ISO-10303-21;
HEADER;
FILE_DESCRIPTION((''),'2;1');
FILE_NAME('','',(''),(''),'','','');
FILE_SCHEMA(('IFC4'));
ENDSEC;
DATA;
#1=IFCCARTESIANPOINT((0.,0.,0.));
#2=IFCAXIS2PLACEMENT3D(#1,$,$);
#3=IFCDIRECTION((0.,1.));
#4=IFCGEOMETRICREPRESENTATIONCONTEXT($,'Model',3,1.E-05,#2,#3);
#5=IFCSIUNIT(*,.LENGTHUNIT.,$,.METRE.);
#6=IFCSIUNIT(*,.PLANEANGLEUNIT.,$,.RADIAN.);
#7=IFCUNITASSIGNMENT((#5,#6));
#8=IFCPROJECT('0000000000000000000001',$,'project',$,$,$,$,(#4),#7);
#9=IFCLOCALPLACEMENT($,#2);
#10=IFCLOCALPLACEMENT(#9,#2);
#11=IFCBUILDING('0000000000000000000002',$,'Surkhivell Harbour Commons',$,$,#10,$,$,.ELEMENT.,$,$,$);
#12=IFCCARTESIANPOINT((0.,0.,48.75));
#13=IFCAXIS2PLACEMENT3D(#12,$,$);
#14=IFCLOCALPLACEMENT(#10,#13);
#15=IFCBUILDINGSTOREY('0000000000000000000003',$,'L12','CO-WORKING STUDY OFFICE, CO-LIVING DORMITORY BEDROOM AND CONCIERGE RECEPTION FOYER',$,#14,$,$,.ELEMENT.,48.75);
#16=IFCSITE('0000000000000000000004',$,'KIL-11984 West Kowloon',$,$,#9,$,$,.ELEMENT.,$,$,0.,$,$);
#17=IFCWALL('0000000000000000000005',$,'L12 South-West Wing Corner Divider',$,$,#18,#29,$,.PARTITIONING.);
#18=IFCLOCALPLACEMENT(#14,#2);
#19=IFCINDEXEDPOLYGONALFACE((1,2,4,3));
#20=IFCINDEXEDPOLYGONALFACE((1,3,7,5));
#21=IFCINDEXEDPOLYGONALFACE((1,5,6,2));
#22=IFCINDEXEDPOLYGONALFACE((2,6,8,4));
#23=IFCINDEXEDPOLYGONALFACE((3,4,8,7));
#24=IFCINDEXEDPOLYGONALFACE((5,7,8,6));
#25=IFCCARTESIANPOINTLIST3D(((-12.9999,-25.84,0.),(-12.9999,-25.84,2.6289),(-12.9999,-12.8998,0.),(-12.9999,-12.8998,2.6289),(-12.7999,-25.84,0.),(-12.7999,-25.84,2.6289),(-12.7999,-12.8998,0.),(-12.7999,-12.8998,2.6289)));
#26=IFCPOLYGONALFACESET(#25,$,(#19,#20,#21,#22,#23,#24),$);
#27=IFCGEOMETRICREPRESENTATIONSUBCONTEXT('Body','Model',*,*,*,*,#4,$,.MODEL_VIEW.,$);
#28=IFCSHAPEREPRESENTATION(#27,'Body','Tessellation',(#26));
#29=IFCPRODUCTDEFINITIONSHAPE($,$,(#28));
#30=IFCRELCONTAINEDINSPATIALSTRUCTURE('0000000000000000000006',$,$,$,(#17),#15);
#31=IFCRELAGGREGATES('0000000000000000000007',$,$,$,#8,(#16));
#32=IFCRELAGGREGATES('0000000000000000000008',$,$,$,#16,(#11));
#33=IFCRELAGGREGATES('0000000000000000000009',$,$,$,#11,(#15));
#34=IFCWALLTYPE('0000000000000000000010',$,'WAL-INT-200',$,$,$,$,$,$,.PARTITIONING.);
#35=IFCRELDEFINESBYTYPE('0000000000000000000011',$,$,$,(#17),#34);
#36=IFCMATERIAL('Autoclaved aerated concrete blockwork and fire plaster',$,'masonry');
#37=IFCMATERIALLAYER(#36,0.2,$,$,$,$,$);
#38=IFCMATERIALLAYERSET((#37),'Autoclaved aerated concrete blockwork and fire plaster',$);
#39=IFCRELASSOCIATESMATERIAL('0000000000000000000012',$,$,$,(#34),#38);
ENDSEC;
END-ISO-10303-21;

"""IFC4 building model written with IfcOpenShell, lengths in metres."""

from ifc_helpers import new_model, si_unit, direction, frame, frame_2d, origin, place, context, subcontext, project, spatial, rectangle, extrude, material, layer, layer_set, type_object, element, save


model = new_model("IFC4")

# Units and contexts
model_context = context("Model", 3, precision=1e-05, world=origin(), true_north=direction((0.0, 1.0)))
body_context = subcontext(model_context, "Body", "Model", "MODEL_VIEW")
ifc_project = project(units=[si_unit("LENGTHUNIT", "METRE"), si_unit("PLANEANGLEUNIT", "RADIAN")], contexts=[model_context])

# Site, building, storey
site_placement = place(None, origin())
site = spatial("IfcSite", under=ifc_project, at=site_placement, Name="KIL-11984 West Kowloon", CompositionType="ELEMENT", RefElevation=0.0)
building_placement = place(site_placement, origin())
building = spatial("IfcBuilding", under=site, at=building_placement, Name="Surkhivell Harbour Commons", CompositionType="ELEMENT")
storey_placement = place(building_placement, frame((0.0, 0.0, 48.75)))
storey = spatial("IfcBuildingStorey", under=building, at=storey_placement, Name="L12", Description="CO-WORKING STUDY OFFICE, CO-LIVING DORMITORY BEDROOM AND CONCIERGE RECEPTION FOYER", CompositionType="ELEMENT", Elevation=48.75)

# Wall
ifc_material_1 = material(Name="Autoclaved aerated concrete blockwork and fire plaster", Category="masonry")
ifc_layer_1 = layer(ifc_material_1, 0.2)
ifc_layer_set_1 = layer_set([ifc_layer_1], Name="Autoclaved aerated concrete blockwork and fire plaster")
wall_type = type_object("IfcWallType", Name="WAL-INT-200", PredefinedType="PARTITIONING", material=ifc_layer_set_1)
wall_placement = place(storey_placement, frame((-12.8999, -25.8401, 0.0), z_axis=(0.0, 0.0, 1.0), x_axis=(0.0, 1.0, 0.0)))
element("IfcWall", 1, at=wall_placement, inside=storey, type_object=wall_type, Name="L12 South-West Wing Corner Divider", PredefinedType="PARTITIONING", context=body_context, shape_type="SweptSolid", body=[
    extrude(rectangle(XDim=12.9402, YDim=0.2, at=frame_2d((6.4702, 0.0))), origin(), (0.0, 0.0, 1.0), 2.6289),
])

save(model, "model.ifc")
